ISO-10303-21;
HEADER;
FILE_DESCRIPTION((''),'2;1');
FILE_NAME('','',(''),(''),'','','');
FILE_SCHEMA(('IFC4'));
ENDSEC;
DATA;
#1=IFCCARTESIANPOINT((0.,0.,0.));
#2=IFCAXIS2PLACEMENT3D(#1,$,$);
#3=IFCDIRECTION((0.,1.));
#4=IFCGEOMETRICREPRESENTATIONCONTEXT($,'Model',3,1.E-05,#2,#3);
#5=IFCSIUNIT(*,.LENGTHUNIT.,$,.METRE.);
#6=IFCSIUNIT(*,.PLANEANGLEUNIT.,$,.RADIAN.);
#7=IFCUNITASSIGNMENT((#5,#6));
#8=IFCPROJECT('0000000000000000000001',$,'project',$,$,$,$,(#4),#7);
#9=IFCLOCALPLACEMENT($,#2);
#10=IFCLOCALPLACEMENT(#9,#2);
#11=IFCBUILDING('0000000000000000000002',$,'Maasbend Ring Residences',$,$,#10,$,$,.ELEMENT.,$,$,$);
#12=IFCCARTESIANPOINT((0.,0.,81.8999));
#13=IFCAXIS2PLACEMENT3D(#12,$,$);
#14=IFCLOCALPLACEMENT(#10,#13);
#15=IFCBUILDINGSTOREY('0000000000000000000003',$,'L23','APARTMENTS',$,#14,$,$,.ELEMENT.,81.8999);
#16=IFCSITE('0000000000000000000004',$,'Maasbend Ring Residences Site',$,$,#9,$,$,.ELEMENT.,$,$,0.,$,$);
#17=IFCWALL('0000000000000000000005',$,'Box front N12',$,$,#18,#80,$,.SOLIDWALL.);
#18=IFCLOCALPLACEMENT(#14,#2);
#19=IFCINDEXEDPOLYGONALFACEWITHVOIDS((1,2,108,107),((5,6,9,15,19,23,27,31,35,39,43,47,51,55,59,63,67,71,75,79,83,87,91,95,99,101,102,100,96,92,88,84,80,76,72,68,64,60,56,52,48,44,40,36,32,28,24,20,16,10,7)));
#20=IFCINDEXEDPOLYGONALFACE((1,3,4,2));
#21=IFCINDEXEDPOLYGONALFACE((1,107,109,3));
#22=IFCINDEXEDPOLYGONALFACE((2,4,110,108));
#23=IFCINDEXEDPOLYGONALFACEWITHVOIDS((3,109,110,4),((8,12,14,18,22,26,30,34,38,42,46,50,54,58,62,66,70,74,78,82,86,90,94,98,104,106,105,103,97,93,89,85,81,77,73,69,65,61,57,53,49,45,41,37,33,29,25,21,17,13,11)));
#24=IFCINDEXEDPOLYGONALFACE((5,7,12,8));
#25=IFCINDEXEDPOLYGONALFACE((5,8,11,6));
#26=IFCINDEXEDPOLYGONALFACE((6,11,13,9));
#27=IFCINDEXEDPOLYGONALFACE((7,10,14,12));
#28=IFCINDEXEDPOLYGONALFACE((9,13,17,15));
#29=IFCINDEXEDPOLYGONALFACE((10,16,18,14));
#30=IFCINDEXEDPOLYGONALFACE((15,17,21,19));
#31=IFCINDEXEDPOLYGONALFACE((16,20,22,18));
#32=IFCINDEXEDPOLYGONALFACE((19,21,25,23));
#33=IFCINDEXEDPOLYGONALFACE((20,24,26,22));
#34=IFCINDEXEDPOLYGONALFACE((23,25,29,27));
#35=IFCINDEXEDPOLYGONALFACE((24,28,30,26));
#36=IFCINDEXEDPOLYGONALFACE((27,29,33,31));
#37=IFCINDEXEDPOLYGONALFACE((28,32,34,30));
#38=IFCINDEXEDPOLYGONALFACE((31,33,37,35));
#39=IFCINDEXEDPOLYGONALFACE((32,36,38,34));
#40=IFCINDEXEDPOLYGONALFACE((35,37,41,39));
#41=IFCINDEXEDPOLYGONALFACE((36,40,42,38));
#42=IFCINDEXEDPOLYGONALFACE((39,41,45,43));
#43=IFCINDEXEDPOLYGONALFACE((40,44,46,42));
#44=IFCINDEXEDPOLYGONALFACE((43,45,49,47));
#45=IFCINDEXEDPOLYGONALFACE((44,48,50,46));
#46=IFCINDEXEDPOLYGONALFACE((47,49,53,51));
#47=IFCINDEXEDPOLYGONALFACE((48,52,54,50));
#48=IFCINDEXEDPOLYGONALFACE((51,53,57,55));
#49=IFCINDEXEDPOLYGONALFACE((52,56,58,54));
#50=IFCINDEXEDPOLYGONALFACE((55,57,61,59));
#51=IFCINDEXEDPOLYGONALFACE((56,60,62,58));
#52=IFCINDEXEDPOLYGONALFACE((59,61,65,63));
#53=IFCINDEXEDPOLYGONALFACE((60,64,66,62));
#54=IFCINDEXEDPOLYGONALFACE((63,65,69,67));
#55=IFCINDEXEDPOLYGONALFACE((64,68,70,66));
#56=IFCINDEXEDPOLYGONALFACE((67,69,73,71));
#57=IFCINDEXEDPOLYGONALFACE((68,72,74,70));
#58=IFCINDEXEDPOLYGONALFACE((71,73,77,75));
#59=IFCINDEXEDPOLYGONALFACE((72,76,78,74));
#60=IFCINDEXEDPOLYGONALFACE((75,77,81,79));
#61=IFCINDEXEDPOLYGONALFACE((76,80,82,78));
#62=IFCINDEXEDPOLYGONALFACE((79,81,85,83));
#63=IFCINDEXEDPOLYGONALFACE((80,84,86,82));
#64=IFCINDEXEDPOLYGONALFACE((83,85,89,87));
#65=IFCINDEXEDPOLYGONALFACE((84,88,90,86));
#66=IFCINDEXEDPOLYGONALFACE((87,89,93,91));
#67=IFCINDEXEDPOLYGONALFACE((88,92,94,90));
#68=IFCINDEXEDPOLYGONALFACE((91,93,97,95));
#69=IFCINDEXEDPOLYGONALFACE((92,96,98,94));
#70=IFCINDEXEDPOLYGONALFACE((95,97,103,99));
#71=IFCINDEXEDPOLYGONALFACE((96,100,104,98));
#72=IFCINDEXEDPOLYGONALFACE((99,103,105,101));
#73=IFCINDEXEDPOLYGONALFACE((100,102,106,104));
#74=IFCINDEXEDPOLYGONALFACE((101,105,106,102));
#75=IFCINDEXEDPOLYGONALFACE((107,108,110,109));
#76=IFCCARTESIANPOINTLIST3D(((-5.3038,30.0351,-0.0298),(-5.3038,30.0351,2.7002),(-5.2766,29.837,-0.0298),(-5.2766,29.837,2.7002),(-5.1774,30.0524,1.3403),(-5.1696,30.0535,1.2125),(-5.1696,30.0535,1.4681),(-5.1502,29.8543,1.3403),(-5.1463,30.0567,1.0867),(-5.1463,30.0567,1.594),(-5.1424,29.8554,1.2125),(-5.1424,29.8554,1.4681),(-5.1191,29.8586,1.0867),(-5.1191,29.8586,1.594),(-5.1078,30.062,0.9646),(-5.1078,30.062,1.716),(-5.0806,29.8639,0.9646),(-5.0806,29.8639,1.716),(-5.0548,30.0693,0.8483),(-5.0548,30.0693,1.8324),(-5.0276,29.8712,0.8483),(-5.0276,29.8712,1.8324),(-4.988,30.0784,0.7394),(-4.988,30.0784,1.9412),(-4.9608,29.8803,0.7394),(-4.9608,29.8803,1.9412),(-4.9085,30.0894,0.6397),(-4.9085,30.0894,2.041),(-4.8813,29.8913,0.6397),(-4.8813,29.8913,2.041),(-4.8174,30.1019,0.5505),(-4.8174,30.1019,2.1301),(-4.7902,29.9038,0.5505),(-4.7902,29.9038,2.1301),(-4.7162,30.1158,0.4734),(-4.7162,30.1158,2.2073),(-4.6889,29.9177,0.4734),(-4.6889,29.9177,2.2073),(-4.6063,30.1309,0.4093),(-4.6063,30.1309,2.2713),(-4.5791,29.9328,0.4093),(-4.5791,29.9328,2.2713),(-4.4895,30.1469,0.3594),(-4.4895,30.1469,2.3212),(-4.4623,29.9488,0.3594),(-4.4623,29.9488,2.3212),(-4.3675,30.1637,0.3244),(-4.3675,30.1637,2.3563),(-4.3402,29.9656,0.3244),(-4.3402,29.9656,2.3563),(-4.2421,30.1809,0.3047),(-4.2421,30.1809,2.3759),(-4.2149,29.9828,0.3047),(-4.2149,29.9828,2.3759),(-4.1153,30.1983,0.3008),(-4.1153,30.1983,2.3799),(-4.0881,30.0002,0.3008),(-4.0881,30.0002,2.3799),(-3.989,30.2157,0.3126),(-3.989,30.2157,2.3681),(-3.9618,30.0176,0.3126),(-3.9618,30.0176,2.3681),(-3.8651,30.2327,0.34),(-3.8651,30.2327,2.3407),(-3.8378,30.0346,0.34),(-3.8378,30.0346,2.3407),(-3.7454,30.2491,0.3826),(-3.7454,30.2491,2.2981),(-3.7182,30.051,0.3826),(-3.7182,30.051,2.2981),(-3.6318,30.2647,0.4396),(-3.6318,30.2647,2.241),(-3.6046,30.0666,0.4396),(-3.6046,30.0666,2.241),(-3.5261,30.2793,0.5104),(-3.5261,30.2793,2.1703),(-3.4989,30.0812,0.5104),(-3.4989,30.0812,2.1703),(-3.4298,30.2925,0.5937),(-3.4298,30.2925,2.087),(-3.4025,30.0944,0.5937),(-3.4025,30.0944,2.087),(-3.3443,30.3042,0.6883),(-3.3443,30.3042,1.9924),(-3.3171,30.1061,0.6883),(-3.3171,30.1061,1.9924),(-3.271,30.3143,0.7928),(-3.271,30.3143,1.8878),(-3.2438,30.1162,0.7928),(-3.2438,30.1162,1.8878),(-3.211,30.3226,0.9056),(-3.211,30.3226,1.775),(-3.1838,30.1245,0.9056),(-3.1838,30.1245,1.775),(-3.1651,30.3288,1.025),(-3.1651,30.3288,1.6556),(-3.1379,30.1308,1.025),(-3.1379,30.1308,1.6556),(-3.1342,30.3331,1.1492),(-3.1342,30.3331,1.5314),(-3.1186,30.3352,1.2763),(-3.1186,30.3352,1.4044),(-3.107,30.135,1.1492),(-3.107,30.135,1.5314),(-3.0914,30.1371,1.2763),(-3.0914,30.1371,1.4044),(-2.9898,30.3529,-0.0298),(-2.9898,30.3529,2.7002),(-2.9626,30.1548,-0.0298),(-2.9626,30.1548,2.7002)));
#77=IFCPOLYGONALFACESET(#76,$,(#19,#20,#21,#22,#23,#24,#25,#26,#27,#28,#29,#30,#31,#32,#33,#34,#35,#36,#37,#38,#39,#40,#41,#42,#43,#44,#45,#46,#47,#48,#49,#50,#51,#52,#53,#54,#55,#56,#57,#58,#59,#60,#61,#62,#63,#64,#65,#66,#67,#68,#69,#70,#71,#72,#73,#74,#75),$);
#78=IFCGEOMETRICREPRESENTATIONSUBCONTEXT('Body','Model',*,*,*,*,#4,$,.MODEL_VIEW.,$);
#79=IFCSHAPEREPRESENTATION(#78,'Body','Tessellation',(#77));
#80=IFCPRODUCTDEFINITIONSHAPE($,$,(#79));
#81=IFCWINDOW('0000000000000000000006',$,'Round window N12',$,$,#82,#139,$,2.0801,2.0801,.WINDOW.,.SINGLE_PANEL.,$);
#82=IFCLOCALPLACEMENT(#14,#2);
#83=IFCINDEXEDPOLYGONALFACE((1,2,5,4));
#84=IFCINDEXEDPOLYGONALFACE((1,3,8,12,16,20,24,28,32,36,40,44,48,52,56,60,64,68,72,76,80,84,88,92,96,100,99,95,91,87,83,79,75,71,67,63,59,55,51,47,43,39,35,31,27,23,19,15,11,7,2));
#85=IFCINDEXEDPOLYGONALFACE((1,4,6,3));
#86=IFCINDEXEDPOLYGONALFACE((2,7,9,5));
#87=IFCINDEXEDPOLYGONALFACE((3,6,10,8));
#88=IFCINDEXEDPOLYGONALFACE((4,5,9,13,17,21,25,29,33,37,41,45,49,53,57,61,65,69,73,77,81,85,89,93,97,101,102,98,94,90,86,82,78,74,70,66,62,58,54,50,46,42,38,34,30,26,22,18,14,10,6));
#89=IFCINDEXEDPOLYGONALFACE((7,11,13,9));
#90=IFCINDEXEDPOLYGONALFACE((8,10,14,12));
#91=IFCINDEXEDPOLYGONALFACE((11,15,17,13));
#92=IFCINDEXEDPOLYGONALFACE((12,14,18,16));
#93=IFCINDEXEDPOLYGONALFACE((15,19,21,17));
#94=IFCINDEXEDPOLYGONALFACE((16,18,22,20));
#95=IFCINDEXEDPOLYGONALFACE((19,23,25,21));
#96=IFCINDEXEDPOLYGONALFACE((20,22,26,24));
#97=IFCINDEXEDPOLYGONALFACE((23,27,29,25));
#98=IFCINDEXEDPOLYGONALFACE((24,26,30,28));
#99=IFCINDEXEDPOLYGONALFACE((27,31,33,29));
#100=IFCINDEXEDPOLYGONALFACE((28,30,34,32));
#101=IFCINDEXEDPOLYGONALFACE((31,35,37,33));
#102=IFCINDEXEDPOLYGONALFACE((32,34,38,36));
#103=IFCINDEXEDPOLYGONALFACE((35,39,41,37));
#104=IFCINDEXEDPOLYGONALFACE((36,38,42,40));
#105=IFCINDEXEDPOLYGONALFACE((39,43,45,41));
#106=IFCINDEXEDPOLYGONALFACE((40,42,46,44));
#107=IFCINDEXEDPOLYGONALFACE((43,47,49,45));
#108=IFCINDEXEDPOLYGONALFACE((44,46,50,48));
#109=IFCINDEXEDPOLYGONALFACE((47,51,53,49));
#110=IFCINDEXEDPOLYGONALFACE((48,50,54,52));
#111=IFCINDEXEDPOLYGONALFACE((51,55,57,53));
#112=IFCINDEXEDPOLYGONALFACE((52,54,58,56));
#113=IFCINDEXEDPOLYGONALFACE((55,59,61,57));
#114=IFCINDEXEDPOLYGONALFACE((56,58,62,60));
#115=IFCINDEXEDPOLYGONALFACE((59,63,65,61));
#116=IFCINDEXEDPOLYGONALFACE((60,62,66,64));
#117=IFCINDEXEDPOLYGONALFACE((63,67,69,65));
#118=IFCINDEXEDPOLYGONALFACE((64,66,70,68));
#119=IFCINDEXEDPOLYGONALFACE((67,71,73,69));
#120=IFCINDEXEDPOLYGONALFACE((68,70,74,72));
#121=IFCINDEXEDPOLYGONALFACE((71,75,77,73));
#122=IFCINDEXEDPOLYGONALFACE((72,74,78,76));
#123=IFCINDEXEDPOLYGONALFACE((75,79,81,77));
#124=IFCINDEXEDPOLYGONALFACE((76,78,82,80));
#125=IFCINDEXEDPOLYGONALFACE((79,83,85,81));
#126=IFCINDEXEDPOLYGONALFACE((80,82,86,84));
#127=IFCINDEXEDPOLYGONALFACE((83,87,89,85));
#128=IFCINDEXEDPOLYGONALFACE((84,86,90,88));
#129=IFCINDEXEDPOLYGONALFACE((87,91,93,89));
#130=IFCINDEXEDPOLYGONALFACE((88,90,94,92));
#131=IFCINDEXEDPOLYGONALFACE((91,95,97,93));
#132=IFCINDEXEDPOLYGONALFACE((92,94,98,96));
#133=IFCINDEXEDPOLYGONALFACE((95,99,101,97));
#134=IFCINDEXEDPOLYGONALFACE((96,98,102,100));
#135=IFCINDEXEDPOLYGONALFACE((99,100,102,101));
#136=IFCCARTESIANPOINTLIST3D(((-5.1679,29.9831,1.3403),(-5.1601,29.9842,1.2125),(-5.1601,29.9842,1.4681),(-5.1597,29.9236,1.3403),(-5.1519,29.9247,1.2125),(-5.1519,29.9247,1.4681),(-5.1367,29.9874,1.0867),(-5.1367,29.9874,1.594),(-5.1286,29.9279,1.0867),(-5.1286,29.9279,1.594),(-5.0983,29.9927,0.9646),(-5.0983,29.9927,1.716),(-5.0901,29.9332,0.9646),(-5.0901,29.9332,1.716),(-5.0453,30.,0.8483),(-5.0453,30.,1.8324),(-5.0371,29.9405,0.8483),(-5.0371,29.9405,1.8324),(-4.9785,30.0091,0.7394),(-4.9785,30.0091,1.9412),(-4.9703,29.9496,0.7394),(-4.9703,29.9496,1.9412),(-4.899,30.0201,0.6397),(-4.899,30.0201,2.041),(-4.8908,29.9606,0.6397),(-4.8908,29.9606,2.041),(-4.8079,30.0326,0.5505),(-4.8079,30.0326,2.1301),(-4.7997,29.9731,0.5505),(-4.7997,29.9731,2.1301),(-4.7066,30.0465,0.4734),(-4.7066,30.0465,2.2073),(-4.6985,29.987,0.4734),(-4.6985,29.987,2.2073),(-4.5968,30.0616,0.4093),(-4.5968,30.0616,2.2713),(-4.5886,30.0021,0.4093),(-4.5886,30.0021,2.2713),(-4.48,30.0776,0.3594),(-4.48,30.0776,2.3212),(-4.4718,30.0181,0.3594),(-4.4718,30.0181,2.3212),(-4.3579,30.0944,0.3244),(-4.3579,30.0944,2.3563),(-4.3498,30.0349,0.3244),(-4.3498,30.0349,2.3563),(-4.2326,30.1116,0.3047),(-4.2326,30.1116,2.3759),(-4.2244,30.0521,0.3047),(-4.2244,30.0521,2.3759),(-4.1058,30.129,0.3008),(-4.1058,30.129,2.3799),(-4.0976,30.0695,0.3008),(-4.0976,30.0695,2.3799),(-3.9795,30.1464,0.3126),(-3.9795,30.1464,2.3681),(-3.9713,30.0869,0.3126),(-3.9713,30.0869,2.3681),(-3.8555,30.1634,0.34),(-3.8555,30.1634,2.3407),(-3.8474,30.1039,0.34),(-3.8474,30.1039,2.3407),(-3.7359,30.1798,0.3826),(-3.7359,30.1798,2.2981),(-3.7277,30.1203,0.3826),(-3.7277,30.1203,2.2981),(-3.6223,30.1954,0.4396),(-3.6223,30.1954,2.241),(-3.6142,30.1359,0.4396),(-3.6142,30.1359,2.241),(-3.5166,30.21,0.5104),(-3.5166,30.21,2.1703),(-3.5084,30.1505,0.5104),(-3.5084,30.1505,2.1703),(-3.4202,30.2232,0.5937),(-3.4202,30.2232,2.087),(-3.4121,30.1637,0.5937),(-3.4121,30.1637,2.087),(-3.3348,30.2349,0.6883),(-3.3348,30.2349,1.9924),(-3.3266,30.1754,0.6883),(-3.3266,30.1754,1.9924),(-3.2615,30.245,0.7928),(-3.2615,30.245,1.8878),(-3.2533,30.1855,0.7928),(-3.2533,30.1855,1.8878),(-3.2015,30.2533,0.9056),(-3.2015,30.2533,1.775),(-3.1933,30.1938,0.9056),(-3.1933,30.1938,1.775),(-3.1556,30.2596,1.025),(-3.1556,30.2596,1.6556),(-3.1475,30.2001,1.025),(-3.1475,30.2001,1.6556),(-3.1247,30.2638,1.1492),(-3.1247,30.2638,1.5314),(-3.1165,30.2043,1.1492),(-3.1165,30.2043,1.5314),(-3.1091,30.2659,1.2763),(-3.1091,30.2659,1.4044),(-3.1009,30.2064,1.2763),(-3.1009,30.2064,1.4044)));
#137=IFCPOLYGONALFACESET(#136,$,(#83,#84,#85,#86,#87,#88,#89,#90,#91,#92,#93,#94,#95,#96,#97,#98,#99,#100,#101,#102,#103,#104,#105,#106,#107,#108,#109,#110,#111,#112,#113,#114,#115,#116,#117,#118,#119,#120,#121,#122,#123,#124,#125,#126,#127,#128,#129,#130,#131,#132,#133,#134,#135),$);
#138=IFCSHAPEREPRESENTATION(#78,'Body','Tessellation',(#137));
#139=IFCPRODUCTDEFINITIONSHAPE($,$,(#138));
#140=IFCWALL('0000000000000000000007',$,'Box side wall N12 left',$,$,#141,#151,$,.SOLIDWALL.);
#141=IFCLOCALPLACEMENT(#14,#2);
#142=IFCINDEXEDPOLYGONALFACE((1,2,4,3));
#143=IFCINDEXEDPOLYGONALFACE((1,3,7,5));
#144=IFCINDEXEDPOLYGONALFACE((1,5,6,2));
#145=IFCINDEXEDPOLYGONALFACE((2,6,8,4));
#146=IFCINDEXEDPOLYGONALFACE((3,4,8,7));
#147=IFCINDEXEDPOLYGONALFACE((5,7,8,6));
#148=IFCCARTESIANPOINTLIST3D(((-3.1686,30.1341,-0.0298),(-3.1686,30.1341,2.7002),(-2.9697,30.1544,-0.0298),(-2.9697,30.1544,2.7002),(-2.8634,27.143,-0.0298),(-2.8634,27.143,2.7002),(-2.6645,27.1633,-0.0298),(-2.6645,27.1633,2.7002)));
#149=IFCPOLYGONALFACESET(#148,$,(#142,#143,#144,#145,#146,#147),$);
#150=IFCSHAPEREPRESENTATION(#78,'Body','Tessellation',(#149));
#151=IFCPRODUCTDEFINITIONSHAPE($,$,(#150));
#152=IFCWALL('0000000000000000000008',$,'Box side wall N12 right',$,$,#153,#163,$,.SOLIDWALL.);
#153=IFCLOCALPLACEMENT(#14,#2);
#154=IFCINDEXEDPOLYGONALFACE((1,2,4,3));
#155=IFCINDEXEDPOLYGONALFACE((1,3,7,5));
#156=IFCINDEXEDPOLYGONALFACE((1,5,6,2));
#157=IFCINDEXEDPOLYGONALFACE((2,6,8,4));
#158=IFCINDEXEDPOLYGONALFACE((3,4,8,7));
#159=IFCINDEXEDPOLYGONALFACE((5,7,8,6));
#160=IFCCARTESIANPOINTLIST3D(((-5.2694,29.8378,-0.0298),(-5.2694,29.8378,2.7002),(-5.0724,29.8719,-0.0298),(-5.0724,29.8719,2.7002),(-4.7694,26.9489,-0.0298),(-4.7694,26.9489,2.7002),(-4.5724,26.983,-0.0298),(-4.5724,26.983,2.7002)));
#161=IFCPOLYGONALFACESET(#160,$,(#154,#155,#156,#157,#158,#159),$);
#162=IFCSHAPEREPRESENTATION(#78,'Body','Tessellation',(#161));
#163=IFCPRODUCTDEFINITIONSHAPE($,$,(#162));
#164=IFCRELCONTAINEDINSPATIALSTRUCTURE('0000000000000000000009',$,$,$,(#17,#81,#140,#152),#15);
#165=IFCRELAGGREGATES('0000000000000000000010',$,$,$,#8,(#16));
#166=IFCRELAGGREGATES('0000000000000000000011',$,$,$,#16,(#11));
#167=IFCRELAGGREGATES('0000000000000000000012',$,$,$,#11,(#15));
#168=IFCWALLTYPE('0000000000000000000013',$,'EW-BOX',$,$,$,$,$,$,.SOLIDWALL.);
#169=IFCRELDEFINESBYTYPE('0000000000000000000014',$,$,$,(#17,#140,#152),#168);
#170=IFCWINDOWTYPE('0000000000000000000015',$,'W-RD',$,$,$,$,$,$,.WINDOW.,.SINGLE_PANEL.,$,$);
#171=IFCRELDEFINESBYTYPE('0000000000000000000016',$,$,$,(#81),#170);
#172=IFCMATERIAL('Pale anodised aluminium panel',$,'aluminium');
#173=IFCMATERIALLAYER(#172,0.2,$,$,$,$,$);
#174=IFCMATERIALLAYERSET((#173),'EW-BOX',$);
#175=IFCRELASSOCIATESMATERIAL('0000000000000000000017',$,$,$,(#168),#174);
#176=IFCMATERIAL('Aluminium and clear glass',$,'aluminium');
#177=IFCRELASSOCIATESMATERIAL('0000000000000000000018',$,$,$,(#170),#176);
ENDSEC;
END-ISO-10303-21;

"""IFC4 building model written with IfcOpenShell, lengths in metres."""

from ifc_helpers import new_model, si_unit, direction, frame, frame_2d, origin, place, context, subcontext, project, spatial, rectangle, circle, extrude, material, layer, layer_set, type_object, element, fill, save


model = new_model("IFC4")

# Units and contexts
model_context = context("Model", 3, precision=1e-05, world=origin(), true_north=direction((0.0, 1.0)))
body_context = subcontext(model_context, "Body", "Model", "MODEL_VIEW")
ifc_project = project(units=[si_unit("LENGTHUNIT", "METRE"), si_unit("PLANEANGLEUNIT", "RADIAN")], contexts=[model_context])

# Site, building, storey
site_placement = place(None, origin())
site = spatial("IfcSite", under=ifc_project, at=site_placement, Name="Maasbend Ring Residences Site", CompositionType="ELEMENT", RefElevation=0.0)
building_placement = place(site_placement, origin())
building = spatial("IfcBuilding", under=site, at=building_placement, Name="Maasbend Ring Residences", CompositionType="ELEMENT")
storey_placement = place(building_placement, frame((0.0, 0.0, 81.8999)))
storey = spatial("IfcBuildingStorey", under=building, at=storey_placement, Name="L23", Description="APARTMENTS", CompositionType="ELEMENT", Elevation=81.8999)

# Wall, opening, window
ifc_material_1 = material(Name="Pale anodised aluminium panel", Category="aluminium")
ifc_layer_1 = layer(ifc_material_1, 0.2)
ifc_layer_set_1 = layer_set([ifc_layer_1], Name="EW-BOX")
wall_type_1 = type_object("IfcWallType", Name="EW-BOX", PredefinedType="SOLIDWALL", material=ifc_layer_set_1)
wall_1_placement = place(storey_placement, frame((-2.9761, 30.2539, -0.0298), z_axis=(0.0, 0.0, 1.0), x_axis=(-0.990696, -0.136093, 0.0)))
wall_1 = element("IfcWall", 1, at=wall_1_placement, inside=storey, type_object=wall_type_1, Name="Box front N12", PredefinedType="SOLIDWALL", context=body_context, shape_type="SweptSolid", body=[
    extrude(rectangle(XDim=2.3357, YDim=0.2, at=frame_2d((1.168, 0.0))), origin(), (0.0, 0.0, 1.0), 2.73),
])
opening_1_placement = place(wall_1_placement, frame((0.1282, 0.0, 0.3301)))
opening_1 = element("IfcOpeningElement", 2, at=opening_1_placement, cuts=wall_1, PredefinedType="OPENING", context=body_context, shape_type="SweptSolid", body=[
    extrude(circle(Radius=1.04, at=frame_2d((1.04, 1.04))), frame((0.0, 0.1099, 0.0), z_axis=(0.0, -1.0, 0.0), x_axis=(1.0, 0.0, 0.0)), (0.0, 0.0, 1.0), 0.22),
])
ifc_material_2 = material(Name="Aluminium and clear glass", Category="aluminium")
window_type_1 = type_object("IfcWindowType", Name="W-RD", PartitioningType="SINGLE_PANEL", PredefinedType="WINDOW", material=ifc_material_2)
window_1_placement = place(opening_1_placement, origin())
window_1 = element("IfcWindow", 3, at=window_1_placement, inside=storey, type_object=window_type_1, Name="Round window N12", OverallHeight=2.0801, OverallWidth=2.0801, PartitioningType="SINGLE_PANEL", PredefinedType="WINDOW", context=body_context, shape_type="SweptSolid", body=[
    extrude(circle(Radius=1.04, at=frame_2d((1.04, 1.04))), frame((0.0, 0.03, 0.0), z_axis=(0.0, -1.0, 0.0), x_axis=(1.0, 0.0, 0.0)), (0.0, 0.0, 1.0), 0.0601),
])
fill(opening_1, window_1)

# Walls
wall_2_placement = place(storey_placement, frame((-2.7639, 27.1531, -0.0298), z_axis=(0.0, 0.0, 1.0), x_axis=(-0.101505, 0.994835, 0.0)))
element("IfcWall", 4, at=wall_2_placement, inside=storey, type_object=wall_type_1, Name="Box side wall N12 left", PredefinedType="SOLIDWALL", context=body_context, shape_type="SweptSolid", body=[
    extrude(rectangle(XDim=3.0066, YDim=0.2, at=frame_2d((1.5034, 0.0))), origin(), (0.0, 0.0, 1.0), 2.73),
])
wall_3_placement = place(storey_placement, frame((-4.6709, 26.9661, -0.0298), z_axis=(0.0, 0.0, 1.0), x_axis=(-0.17054, 0.985351, 0.0)))
element("IfcWall", 5, at=wall_3_placement, inside=storey, type_object=wall_type_1, Name="Box side wall N12 right", PredefinedType="SOLIDWALL", context=body_context, shape_type="SweptSolid", body=[
    extrude(rectangle(XDim=2.9319, YDim=0.2, at=frame_2d((1.4658, 0.0))), origin(), (0.0, 0.0, 1.0), 2.73),
])

save(model, "model.ifc")
